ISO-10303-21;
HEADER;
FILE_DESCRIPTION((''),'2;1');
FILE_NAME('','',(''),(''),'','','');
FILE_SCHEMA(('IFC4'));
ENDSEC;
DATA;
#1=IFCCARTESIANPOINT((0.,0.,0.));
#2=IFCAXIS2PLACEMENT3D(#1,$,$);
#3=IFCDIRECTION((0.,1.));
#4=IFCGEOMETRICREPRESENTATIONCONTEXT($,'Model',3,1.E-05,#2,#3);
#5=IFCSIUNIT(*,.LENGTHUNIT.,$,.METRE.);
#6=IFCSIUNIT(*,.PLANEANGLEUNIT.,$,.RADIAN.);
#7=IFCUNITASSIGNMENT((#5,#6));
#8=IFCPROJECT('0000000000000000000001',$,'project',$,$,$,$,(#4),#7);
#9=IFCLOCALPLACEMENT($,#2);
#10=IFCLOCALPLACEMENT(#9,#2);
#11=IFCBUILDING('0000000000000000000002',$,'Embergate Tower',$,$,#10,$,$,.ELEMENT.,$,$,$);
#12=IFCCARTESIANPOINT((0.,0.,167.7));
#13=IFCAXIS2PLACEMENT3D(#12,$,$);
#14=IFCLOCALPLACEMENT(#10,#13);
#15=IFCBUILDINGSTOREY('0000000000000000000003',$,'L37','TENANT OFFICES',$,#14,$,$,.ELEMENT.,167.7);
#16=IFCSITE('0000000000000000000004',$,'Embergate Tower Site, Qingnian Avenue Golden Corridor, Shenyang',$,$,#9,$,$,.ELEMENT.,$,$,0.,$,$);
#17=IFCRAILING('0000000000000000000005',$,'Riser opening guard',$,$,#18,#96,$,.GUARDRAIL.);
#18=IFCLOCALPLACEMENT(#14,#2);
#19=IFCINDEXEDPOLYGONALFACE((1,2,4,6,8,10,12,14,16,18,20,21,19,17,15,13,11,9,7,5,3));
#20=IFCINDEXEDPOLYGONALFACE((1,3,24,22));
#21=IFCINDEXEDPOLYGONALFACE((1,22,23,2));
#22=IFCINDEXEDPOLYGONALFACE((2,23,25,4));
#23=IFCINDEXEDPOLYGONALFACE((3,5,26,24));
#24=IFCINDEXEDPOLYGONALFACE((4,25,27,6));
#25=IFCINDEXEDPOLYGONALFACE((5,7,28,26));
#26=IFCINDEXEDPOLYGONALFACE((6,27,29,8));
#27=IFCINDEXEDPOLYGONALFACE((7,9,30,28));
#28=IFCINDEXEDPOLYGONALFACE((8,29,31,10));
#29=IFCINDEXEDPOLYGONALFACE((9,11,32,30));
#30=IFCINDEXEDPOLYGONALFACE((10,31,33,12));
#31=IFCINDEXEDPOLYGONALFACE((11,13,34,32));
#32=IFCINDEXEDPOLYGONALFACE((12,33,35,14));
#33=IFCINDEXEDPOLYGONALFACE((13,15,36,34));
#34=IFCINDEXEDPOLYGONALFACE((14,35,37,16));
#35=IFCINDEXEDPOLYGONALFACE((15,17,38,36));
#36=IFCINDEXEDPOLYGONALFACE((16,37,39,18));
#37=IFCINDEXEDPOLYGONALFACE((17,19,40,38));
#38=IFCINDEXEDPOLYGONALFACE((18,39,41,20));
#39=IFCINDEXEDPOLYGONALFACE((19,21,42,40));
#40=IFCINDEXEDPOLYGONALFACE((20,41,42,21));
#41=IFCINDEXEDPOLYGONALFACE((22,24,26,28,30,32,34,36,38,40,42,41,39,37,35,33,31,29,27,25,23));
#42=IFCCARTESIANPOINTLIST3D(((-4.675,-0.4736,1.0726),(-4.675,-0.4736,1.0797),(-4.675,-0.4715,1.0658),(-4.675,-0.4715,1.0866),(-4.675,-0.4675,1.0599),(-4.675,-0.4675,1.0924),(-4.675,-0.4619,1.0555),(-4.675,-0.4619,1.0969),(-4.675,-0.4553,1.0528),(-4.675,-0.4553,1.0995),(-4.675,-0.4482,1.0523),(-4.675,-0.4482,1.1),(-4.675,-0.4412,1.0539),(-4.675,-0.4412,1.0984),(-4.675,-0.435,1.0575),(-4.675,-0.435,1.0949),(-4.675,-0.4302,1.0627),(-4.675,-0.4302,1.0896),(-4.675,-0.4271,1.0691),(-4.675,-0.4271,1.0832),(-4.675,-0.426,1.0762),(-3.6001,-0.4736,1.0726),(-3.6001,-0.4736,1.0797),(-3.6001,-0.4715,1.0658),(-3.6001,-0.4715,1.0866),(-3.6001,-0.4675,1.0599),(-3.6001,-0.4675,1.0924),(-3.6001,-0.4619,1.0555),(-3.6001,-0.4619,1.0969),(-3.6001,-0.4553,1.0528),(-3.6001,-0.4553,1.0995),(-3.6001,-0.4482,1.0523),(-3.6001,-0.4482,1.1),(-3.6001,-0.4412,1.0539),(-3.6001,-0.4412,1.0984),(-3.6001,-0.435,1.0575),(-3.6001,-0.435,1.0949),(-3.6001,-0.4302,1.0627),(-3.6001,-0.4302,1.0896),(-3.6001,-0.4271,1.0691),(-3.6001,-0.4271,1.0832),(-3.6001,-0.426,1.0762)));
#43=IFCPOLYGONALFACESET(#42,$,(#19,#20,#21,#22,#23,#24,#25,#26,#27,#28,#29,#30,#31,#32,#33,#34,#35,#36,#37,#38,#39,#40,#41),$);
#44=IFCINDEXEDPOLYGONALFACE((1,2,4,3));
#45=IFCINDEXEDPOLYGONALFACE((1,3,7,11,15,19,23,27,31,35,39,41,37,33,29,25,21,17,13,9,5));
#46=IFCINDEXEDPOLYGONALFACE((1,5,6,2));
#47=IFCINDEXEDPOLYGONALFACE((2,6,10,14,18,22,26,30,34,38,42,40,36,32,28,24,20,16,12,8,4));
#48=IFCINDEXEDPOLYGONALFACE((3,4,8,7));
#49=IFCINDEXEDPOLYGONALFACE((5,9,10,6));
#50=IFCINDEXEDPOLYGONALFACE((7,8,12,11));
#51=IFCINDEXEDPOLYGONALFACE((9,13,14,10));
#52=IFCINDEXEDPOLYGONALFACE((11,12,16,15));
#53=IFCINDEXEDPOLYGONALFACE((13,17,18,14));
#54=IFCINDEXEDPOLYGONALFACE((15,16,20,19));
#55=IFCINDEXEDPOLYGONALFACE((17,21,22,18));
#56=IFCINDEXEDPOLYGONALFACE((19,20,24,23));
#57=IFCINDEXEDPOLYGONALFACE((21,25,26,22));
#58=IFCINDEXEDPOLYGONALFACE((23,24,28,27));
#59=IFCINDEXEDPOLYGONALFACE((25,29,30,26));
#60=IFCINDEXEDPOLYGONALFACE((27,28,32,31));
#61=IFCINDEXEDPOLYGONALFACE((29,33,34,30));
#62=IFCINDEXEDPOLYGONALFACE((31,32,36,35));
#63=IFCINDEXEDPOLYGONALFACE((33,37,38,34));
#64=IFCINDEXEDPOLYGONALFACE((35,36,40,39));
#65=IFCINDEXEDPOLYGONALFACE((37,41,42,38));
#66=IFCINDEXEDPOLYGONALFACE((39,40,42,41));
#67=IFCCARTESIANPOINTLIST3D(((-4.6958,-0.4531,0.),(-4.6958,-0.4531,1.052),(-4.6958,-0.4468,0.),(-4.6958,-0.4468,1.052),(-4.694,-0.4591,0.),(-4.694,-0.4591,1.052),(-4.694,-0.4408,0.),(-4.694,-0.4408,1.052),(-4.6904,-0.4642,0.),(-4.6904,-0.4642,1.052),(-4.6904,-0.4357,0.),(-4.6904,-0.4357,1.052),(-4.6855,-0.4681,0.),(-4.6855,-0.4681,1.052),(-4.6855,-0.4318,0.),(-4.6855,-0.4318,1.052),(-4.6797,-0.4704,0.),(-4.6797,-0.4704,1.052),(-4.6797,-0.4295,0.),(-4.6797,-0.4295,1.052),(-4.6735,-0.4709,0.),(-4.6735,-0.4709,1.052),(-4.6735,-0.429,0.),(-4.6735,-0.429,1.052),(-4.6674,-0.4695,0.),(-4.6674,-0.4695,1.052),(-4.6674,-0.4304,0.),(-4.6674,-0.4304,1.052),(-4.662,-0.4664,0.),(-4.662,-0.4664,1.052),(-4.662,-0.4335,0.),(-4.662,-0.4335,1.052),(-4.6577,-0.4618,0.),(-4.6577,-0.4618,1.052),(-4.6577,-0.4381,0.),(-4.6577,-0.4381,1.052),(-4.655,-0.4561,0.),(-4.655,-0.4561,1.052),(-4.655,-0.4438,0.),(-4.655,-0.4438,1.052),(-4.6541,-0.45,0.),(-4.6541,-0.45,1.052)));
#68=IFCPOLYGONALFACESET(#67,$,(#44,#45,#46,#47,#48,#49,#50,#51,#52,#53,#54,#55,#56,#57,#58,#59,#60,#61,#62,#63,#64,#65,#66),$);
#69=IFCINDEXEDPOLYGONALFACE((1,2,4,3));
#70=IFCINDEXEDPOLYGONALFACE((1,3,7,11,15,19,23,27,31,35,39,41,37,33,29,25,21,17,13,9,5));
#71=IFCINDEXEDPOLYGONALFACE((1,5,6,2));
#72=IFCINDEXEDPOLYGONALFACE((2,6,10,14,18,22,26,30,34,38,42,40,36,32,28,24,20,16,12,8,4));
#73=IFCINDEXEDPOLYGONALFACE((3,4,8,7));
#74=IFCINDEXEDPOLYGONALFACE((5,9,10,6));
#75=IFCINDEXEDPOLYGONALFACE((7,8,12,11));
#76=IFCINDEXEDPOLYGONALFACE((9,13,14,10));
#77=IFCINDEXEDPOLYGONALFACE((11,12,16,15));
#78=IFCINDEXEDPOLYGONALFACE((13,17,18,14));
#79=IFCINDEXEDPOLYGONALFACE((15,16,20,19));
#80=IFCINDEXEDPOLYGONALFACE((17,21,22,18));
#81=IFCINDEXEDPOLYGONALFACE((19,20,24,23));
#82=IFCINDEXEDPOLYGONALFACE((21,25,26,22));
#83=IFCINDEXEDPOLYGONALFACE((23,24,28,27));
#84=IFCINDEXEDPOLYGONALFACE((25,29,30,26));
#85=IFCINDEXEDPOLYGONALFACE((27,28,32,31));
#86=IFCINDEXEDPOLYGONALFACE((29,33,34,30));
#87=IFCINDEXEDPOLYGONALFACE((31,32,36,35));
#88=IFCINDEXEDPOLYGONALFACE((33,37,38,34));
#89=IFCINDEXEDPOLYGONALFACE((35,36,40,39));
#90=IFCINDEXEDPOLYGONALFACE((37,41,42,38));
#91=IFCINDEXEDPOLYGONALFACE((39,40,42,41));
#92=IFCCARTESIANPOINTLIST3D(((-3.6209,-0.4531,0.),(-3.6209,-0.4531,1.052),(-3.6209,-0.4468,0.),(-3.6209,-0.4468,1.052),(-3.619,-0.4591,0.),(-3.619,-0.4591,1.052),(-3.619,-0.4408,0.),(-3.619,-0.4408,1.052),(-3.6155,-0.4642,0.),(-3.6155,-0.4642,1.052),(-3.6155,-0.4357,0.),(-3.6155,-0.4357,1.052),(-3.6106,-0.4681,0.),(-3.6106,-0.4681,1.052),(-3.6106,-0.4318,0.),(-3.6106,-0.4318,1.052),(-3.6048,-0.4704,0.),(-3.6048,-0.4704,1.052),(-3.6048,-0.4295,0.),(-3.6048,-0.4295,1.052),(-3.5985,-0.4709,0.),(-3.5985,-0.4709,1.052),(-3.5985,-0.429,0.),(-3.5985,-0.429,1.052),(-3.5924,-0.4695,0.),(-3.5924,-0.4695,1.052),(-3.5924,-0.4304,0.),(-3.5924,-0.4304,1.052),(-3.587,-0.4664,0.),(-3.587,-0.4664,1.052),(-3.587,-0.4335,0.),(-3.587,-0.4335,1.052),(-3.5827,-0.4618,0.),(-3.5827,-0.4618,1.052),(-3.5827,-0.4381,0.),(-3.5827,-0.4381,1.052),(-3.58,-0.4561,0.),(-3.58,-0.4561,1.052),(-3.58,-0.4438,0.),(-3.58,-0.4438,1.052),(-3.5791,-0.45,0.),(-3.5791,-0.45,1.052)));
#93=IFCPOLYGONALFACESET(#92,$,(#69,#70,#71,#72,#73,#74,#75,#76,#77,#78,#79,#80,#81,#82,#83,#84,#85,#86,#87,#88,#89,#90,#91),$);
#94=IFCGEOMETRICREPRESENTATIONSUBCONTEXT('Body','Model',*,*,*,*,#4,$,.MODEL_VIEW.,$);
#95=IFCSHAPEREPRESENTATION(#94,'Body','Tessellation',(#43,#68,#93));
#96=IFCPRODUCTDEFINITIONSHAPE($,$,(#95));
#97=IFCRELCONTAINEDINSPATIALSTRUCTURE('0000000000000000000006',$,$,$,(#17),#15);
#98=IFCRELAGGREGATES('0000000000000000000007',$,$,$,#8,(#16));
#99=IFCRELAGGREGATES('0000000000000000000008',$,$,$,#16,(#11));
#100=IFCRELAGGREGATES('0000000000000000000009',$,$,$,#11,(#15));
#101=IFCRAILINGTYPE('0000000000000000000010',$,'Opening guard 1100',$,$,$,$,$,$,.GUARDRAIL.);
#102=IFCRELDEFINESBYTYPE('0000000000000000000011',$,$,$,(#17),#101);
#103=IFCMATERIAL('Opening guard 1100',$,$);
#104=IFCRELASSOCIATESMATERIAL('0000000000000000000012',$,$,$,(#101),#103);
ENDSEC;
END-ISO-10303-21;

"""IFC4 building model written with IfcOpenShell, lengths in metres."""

from ifc_helpers import new_model, si_unit, direction, frame, origin, origin_2d, place, context, subcontext, project, spatial, circle, extrude, source, transform, mapped, material, type_object, element, save


model = new_model("IFC4")

# Units and contexts
model_context = context("Model", 3, precision=1e-05, world=origin(), true_north=direction((0.0, 1.0)))
body_context = subcontext(model_context, "Body", "Model", "MODEL_VIEW")
ifc_project = project(units=[si_unit("LENGTHUNIT", "METRE"), si_unit("PLANEANGLEUNIT", "RADIAN")], contexts=[model_context])

# Site, building, storey
site_placement = place(None, origin())
site = spatial("IfcSite", under=ifc_project, at=site_placement, Name="Embergate Tower Site, Qingnian Avenue Golden Corridor, Shenyang", CompositionType="ELEMENT", RefElevation=0.0)
building_placement = place(site_placement, origin())
building = spatial("IfcBuilding", under=site, at=building_placement, Name="Embergate Tower", CompositionType="ELEMENT")
storey_placement = place(building_placement, frame((0.0, 0.0, 167.7)))
storey = spatial("IfcBuildingStorey", under=building, at=storey_placement, Name="L37", Description="TENANT OFFICES", CompositionType="ELEMENT", Elevation=167.7)

# Railing
ifc_material_1 = material(Name="Opening guard 1100")
railing_type_1 = type_object("IfcRailingType", Name="Opening guard 1100", PredefinedType="GUARDRAIL", material=ifc_material_1)
shared_shape_1 = source(origin(), body_context, "Body", "SweptSolid", [
    extrude(circle(Radius=0.0239, at=origin_2d()), frame((0.0, 0.0, 1.0762), z_axis=(1.0, 0.0, 0.0), x_axis=(0.0, 1.0, 0.0)), (0.0, 0.0, 1.0), 1.075),
    extrude(circle(Radius=0.021, at=origin_2d()), origin(), (0.0, 0.0, 1.0), 1.052),
    extrude(circle(Radius=0.021, at=origin_2d()), frame((1.075, 0.0, 0.0)), (0.0, 0.0, 1.0), 1.052),
])
railing_1_placement = place(storey_placement, frame((-4.675, -0.45, 0.0)))
element("IfcRailing", 1, at=railing_1_placement, inside=storey, type_object=railing_type_1, Name="Riser opening guard", PredefinedType="GUARDRAIL", context=body_context, shape_type="MappedRepresentation", body=[
    mapped(shared_shape_1, transform((0.0, 0.0, 0.0))),
])

save(model, "model.ifc")
